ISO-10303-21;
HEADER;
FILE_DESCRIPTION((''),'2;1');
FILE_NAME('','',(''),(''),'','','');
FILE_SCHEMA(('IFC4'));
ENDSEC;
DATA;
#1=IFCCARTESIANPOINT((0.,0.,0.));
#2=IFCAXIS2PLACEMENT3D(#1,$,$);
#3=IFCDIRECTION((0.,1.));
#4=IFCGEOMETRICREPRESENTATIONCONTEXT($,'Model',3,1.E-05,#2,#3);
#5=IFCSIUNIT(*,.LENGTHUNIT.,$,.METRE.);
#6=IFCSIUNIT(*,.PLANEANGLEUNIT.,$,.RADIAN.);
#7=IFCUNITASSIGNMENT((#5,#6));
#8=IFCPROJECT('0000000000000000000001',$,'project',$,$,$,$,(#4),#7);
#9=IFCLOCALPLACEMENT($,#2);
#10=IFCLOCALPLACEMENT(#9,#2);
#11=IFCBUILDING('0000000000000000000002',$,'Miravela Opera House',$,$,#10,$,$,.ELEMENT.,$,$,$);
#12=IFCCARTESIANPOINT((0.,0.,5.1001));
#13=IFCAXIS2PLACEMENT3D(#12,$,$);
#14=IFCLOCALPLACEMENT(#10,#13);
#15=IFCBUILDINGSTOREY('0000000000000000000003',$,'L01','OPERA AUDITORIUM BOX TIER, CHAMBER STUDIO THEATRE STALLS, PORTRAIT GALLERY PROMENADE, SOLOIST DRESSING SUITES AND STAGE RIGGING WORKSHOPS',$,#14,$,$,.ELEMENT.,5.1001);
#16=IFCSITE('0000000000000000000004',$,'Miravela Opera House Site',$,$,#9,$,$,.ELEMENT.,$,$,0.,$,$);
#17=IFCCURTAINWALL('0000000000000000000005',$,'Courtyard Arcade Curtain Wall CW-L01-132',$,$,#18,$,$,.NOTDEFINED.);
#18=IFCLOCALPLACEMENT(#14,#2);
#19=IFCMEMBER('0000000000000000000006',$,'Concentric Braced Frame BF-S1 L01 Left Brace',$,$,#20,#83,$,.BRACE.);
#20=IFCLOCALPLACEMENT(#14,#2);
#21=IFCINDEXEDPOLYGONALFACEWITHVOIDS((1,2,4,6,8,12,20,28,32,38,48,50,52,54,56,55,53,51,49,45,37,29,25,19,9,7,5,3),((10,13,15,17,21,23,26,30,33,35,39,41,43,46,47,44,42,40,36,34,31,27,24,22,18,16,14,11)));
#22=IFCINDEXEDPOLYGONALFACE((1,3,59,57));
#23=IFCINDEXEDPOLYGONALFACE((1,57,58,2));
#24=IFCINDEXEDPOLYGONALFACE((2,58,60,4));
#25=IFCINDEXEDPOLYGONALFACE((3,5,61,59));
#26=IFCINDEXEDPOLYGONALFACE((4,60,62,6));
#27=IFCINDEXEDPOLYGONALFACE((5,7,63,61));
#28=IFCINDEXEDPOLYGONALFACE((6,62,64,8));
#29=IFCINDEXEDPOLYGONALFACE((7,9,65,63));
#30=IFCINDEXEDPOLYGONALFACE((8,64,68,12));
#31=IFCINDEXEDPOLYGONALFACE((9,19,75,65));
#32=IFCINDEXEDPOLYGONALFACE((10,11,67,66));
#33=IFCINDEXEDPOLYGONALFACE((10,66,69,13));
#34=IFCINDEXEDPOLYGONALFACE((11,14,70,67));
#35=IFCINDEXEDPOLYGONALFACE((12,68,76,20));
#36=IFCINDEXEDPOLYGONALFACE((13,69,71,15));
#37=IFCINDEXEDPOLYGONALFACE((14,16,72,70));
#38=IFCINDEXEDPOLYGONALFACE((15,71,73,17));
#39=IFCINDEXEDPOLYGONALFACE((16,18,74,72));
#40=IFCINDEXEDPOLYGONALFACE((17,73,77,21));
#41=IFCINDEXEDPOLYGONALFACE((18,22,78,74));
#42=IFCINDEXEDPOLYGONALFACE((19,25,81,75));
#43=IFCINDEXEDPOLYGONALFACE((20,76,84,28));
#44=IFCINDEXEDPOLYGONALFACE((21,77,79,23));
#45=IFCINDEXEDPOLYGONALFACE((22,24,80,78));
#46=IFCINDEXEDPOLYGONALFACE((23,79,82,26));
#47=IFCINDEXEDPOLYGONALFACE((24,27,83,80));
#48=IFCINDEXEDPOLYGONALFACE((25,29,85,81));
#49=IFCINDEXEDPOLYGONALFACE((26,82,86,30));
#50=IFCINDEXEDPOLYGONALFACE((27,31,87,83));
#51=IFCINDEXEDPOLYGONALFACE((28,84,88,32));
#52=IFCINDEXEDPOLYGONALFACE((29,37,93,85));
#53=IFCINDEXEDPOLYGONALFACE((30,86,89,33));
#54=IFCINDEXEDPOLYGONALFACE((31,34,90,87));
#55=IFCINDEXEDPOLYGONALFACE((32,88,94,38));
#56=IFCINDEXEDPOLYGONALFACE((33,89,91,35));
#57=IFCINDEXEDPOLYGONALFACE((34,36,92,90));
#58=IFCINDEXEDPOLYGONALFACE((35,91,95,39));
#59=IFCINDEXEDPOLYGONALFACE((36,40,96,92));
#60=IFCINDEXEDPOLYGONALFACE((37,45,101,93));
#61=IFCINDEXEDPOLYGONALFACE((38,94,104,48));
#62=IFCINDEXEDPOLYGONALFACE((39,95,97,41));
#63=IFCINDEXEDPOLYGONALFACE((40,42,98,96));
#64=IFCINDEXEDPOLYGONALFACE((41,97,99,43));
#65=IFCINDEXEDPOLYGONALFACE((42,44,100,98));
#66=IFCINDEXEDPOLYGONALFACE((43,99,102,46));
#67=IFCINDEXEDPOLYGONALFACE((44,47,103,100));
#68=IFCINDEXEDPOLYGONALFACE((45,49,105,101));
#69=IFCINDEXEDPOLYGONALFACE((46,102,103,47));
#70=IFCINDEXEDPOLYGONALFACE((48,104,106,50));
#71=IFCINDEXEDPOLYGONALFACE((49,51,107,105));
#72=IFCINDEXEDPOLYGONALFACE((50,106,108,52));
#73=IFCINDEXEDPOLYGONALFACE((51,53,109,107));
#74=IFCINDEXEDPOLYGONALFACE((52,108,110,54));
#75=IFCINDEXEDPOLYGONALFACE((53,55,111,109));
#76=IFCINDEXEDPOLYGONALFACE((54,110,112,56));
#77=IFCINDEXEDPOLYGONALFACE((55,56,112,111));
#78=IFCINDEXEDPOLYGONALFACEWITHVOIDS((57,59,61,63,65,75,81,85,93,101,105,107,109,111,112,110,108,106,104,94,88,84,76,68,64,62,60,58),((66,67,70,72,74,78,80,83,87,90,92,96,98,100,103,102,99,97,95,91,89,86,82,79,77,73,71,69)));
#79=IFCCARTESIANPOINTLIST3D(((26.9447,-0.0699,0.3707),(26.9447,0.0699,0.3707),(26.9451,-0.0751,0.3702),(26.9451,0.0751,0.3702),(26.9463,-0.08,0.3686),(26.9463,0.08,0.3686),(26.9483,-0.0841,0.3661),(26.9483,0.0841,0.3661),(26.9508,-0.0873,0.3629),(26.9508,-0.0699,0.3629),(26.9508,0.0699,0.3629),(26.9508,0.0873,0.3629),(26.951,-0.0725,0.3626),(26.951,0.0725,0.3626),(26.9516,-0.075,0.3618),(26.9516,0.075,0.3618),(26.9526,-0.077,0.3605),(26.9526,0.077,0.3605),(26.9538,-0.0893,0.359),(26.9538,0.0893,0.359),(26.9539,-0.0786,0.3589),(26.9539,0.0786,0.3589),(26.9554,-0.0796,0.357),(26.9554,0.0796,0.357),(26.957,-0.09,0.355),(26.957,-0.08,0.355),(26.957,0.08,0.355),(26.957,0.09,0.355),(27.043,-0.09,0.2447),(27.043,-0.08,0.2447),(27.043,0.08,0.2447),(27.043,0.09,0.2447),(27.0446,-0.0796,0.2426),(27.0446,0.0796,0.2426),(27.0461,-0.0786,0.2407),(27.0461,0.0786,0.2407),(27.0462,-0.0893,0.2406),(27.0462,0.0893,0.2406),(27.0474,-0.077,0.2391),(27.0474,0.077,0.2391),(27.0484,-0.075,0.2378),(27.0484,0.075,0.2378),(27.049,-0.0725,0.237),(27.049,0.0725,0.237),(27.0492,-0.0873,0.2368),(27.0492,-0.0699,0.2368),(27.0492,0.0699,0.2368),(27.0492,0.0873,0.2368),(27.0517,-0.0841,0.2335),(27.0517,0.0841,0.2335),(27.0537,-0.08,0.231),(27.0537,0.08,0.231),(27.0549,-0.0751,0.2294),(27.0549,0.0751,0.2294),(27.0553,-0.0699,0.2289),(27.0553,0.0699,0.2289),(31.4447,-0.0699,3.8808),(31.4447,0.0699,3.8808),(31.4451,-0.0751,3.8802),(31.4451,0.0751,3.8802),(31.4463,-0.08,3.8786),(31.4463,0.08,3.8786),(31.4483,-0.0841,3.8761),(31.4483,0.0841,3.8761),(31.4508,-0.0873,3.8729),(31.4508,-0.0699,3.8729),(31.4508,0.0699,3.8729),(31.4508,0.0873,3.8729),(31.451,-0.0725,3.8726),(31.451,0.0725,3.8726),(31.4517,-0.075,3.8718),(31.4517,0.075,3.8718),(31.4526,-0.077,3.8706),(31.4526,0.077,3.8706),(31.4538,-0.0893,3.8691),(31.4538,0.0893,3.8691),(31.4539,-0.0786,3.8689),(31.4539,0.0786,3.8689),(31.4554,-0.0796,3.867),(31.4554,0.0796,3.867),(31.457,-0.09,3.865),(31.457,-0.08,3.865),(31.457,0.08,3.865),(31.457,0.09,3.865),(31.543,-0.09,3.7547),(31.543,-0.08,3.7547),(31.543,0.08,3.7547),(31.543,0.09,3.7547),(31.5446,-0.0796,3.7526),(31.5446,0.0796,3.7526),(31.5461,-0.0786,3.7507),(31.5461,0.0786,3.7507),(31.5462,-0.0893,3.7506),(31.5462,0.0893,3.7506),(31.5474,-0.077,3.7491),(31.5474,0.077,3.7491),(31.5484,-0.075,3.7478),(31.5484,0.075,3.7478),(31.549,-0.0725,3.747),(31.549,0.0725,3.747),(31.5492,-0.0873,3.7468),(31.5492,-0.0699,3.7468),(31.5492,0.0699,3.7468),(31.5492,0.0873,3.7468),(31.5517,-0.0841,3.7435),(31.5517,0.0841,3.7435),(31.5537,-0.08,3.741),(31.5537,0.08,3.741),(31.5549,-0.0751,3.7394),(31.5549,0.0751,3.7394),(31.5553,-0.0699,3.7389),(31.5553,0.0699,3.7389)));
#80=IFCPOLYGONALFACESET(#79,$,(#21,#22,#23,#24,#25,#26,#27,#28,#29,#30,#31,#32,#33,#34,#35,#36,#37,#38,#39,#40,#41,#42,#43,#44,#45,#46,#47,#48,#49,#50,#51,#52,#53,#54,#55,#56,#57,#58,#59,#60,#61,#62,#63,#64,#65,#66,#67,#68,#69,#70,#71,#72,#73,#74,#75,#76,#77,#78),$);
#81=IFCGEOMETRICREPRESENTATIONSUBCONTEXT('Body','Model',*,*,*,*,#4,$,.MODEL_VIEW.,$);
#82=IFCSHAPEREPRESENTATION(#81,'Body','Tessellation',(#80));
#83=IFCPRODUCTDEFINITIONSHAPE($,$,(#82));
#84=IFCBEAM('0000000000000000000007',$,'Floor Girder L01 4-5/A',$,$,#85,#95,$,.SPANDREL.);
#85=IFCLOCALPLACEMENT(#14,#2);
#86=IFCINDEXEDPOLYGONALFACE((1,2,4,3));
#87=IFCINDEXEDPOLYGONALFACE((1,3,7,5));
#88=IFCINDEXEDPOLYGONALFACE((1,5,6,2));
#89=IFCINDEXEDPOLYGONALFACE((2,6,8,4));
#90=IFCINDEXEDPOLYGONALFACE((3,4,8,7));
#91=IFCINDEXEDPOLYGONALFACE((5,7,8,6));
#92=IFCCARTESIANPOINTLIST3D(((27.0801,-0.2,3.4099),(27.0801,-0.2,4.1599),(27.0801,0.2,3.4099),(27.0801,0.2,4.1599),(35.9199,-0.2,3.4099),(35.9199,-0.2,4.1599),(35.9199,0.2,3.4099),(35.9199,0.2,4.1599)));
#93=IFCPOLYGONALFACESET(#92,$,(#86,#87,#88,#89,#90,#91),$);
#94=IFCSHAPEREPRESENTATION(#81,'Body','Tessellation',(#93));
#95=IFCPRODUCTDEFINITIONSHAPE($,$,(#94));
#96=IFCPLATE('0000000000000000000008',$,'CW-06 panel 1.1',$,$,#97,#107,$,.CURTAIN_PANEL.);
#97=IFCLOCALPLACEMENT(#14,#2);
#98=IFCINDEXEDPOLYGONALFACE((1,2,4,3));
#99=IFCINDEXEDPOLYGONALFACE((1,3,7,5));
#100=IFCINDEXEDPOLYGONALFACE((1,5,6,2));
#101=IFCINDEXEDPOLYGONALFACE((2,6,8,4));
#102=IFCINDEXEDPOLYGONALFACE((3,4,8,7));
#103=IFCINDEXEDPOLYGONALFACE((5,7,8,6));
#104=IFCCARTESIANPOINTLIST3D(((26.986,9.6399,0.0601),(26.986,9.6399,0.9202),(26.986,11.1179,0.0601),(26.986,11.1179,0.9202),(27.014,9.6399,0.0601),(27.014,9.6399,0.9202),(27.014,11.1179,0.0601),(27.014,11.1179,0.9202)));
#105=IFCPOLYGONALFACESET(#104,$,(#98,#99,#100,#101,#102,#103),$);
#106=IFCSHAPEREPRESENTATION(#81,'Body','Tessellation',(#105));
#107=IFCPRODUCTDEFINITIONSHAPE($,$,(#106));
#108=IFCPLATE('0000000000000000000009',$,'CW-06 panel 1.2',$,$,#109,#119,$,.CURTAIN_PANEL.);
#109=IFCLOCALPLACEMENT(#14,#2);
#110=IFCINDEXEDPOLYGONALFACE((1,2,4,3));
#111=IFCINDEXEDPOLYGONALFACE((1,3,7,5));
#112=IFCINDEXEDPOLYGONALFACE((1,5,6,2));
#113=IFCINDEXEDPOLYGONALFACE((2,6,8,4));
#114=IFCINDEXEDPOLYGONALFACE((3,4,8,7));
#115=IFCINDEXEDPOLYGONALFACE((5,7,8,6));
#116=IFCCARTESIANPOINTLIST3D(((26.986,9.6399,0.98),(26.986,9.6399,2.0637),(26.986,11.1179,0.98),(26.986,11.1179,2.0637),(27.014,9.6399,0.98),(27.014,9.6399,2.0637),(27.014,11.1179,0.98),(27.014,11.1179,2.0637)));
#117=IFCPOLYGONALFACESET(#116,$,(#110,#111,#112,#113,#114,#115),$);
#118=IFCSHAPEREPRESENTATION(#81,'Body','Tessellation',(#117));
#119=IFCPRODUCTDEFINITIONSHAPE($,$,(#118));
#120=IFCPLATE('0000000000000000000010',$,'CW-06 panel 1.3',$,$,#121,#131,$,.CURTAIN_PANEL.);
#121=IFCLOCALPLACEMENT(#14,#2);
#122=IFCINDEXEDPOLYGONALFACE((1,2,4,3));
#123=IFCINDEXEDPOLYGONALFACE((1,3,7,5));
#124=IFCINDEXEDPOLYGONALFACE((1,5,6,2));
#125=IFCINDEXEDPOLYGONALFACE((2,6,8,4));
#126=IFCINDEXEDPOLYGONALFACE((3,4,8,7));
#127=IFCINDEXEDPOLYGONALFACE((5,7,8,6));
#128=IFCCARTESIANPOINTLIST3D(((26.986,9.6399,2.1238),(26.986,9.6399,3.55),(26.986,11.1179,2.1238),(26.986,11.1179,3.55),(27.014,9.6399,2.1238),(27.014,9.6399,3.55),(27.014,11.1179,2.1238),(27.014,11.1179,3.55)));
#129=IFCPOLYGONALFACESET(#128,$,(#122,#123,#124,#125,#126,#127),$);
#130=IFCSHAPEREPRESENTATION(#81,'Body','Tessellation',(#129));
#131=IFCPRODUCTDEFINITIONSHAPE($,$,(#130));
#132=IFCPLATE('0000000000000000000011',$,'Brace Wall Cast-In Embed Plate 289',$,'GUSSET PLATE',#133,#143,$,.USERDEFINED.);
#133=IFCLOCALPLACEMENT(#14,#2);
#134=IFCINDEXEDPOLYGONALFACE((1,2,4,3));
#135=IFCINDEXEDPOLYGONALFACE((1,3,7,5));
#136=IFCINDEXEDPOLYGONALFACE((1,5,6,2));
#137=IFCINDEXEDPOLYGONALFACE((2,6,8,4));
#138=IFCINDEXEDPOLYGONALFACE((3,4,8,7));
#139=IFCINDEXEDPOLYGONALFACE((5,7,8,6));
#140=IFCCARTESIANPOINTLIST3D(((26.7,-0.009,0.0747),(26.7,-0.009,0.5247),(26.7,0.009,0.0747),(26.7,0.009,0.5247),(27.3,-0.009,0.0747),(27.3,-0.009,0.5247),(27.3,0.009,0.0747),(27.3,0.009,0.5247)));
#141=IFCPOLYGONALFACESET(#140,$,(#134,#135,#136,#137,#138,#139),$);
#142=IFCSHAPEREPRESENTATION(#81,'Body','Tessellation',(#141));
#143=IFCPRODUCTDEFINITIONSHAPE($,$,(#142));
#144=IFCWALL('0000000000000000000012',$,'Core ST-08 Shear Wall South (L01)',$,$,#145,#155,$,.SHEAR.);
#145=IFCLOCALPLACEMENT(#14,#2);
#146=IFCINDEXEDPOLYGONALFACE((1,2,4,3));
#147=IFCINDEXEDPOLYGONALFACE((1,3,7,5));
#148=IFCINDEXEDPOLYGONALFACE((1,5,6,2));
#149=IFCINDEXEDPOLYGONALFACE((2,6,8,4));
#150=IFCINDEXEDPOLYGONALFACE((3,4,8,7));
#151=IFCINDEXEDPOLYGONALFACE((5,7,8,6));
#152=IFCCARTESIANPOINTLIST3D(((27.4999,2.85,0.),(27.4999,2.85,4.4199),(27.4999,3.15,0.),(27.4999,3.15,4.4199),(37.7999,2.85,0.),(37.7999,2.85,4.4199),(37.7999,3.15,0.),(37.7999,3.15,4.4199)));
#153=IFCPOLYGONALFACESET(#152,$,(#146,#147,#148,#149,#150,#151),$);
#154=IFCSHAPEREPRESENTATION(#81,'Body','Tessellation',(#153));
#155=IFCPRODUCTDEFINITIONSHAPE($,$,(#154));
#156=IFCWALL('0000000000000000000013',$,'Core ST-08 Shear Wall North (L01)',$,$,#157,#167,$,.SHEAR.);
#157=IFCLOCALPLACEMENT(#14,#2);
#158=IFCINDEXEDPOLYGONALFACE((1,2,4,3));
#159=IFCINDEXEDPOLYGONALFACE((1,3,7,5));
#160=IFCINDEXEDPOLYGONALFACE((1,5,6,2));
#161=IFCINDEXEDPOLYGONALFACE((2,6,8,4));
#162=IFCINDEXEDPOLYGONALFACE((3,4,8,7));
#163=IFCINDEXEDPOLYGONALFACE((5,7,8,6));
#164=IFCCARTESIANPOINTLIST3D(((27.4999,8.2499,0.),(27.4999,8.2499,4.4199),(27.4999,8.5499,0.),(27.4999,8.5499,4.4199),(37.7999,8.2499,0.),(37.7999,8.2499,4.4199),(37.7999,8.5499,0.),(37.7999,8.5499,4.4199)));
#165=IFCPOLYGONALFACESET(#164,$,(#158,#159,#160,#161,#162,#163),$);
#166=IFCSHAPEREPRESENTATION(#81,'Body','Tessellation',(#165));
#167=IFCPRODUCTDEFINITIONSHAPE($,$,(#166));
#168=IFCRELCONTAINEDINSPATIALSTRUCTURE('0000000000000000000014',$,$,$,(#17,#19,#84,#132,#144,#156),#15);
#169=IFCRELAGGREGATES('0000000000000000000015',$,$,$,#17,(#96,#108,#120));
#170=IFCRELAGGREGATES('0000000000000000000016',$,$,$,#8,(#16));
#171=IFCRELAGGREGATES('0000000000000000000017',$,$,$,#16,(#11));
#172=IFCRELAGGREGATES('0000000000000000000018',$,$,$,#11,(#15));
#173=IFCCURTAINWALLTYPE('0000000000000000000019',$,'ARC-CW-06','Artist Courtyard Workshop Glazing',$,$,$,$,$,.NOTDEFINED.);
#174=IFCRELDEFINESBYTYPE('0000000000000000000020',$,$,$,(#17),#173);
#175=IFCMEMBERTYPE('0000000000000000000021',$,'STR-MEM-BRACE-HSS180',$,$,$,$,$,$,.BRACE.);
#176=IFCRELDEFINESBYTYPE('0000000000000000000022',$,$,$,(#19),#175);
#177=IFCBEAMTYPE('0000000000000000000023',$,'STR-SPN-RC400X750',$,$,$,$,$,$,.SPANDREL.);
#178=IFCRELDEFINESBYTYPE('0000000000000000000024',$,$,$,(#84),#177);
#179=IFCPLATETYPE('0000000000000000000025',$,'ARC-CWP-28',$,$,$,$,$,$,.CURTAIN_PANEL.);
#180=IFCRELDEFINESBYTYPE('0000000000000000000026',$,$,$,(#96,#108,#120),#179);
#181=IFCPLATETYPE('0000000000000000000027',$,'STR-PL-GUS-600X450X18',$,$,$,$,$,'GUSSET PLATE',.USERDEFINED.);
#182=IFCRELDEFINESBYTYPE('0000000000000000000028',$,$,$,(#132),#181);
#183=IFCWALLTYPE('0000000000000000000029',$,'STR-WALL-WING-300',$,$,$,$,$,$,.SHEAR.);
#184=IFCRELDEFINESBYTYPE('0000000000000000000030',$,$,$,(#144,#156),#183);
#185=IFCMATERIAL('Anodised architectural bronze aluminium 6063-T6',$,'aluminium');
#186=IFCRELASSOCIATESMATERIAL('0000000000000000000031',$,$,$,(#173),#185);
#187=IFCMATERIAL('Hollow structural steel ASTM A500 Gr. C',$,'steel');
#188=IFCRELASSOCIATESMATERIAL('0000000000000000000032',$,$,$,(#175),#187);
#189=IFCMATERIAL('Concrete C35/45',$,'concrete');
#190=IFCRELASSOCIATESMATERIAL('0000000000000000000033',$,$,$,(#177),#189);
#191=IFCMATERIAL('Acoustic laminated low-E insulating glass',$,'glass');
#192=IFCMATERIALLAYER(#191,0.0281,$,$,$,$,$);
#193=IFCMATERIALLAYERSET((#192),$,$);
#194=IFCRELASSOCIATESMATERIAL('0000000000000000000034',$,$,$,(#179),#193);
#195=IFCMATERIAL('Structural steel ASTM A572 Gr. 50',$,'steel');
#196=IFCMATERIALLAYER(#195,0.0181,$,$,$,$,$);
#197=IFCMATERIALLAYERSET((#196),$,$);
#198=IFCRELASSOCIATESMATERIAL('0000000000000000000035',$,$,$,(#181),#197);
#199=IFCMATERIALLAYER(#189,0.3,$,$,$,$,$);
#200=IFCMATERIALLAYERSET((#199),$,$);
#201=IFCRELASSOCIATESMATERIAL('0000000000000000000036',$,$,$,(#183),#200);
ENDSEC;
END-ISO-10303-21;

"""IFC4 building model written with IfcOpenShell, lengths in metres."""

from ifc_helpers import new_model, si_unit, direction, frame, frame_2d, origin, origin_2d, place, context, subcontext, project, spatial, rectangle, hollow_rectangle, extrude, material, layer, layer_set, material_profile, profile_set, type_object, element, aggregate, save


model = new_model("IFC4")

# Units and contexts
model_context = context("Model", 3, precision=1e-05, world=origin(), true_north=direction((0.0, 1.0)))
body_context = subcontext(model_context, "Body", "Model", "MODEL_VIEW")
ifc_project = project(units=[si_unit("LENGTHUNIT", "METRE"), si_unit("PLANEANGLEUNIT", "RADIAN")], contexts=[model_context])

# Site, building, storey
site_placement = place(None, origin())
site = spatial("IfcSite", under=ifc_project, at=site_placement, Name="Miravela Opera House Site", CompositionType="ELEMENT", RefElevation=0.0)
building_placement = place(site_placement, origin())
building = spatial("IfcBuilding", under=site, at=building_placement, Name="Miravela Opera House", CompositionType="ELEMENT")
storey_placement = place(building_placement, frame((0.0, 0.0, 5.1001)))
storey = spatial("IfcBuildingStorey", under=building, at=storey_placement, Name="L01", Description="OPERA AUDITORIUM BOX TIER, CHAMBER STUDIO THEATRE STALLS, PORTRAIT GALLERY PROMENADE, SOLOIST DRESSING SUITES AND STAGE RIGGING WORKSHOPS", CompositionType="ELEMENT", Elevation=5.1001)

# Shared definitions
ifc_material_1 = material(Name="Concrete C35/45", Category="concrete")

# Curtain wall
ifc_material_2 = material(Name="Anodised architectural bronze aluminium 6063-T6", Category="aluminium")
curtain_wall_type = type_object("IfcCurtainWallType", Name="ARC-CW-06", Description="Artist Courtyard Workshop Glazing", PredefinedType="NOTDEFINED", material=ifc_material_2)
curtain_wall_1_placement = place(storey_placement, origin())
curtain_wall_1 = element("IfcCurtainWall", 1, at=curtain_wall_1_placement, inside=storey, type_object=curtain_wall_type, Name="Courtyard Arcade Curtain Wall CW-L01-132", PredefinedType="NOTDEFINED")

# Member
ifc_material_3 = material(Name="Hollow structural steel ASTM A500 Gr. C", Category="steel")
ifc_material_profile_1 = material_profile(ifc_material_3, hollow_rectangle(XDim=0.1799, YDim=0.1799, WallThickness=0.01, InnerFilletRadius=0.01, OuterFilletRadius=0.02, at=origin_2d()), Name="HSS180X180X10")
ifc_profile_set_1 = profile_set([ifc_material_profile_1])
member_type_1 = type_object("IfcMemberType", Name="STR-MEM-BRACE-HSS180", PredefinedType="BRACE", material=ifc_profile_set_1)
member_1_placement = place(storey_placement, frame((27.0, 0.0, 0.2998), z_axis=(0.788501, 0.0, 0.615033), x_axis=(0.0, 1.0, 0.0)))
element("IfcMember", 2, at=member_1_placement, inside=storey, type_object=member_type_1, Name="Concentric Braced Frame BF-S1 L01 Left Brace", PredefinedType="BRACE", context=body_context, shape_type="SweptSolid", body=[
    extrude(hollow_rectangle(XDim=0.1799, YDim=0.1799, WallThickness=0.01, InnerFilletRadius=0.01, OuterFilletRadius=0.02, at=origin_2d()), origin(), (0.0, 0.0, 1.0), 5.707),
])

# Beam
ifc_material_profile_2 = material_profile(ifc_material_1, rectangle(XDim=0.3999, YDim=0.75, at=origin_2d()), Name="RC-SPN-400X750")
ifc_profile_set_2 = profile_set([ifc_material_profile_2])
beam_type_1 = type_object("IfcBeamType", Name="STR-SPN-RC400X750", PredefinedType="SPANDREL", material=ifc_profile_set_2)
beam_1_placement = place(storey_placement, frame((27.0801, 0.0, 3.7849), z_axis=(1.0, 0.0, 0.0), x_axis=(0.0, 1.0, 0.0)))
element("IfcBeam", 3, at=beam_1_placement, inside=storey, type_object=beam_type_1, Name="Floor Girder L01 4-5/A", PredefinedType="SPANDREL", context=body_context, shape_type="SweptSolid", body=[
    extrude(rectangle(XDim=0.3999, YDim=0.75, at=origin_2d()), origin(), (0.0, 0.0, 1.0), 8.8398),
])

# Plates
ifc_material_4 = material(Name="Acoustic laminated low-E insulating glass", Category="glass")
ifc_layer_1 = layer(ifc_material_4, 0.0281)
ifc_layer_set_1 = layer_set([ifc_layer_1])
plate_type_1 = type_object("IfcPlateType", Name="ARC-CWP-28", PredefinedType="CURTAIN_PANEL", material=ifc_layer_set_1)
plate_1_placement = place(storey_placement, frame((27.0, 10.3789, 0.0601), z_axis=(0.0, 0.0, 1.0), x_axis=(0.0, 1.0, 0.0)))
plate_1 = element("IfcPlate", 4, at=plate_1_placement, type_object=plate_type_1, Name="CW-06 panel 1.1", PredefinedType="CURTAIN_PANEL", context=body_context, shape_type="SweptSolid", body=[
    extrude(rectangle(XDim=1.478, YDim=0.0281, at=origin_2d()), origin(), (0.0, 0.0, 1.0), 0.8601),
])
plate_2_placement = place(storey_placement, frame((27.0, 10.3789, 0.98), z_axis=(0.0, 0.0, 1.0), x_axis=(0.0, 1.0, 0.0)))
plate_2 = element("IfcPlate", 5, at=plate_2_placement, type_object=plate_type_1, Name="CW-06 panel 1.2", PredefinedType="CURTAIN_PANEL", context=body_context, shape_type="SweptSolid", body=[
    extrude(rectangle(XDim=1.478, YDim=0.0281, at=origin_2d()), origin(), (0.0, 0.0, 1.0), 1.0837),
])
plate_3_placement = place(storey_placement, frame((27.0, 10.3789, 2.1238), z_axis=(0.0, 0.0, 1.0), x_axis=(0.0, 1.0, 0.0)))
plate_3 = element("IfcPlate", 6, at=plate_3_placement, type_object=plate_type_1, Name="CW-06 panel 1.3", PredefinedType="CURTAIN_PANEL", context=body_context, shape_type="SweptSolid", body=[
    extrude(rectangle(XDim=1.478, YDim=0.0281, at=origin_2d()), origin(), (0.0, 0.0, 1.0), 1.4263),
])
aggregate(curtain_wall_1, [plate_1, plate_2, plate_3])
ifc_material_5 = material(Name="Structural steel ASTM A572 Gr. 50", Category="steel")
ifc_layer_2 = layer(ifc_material_5, 0.0181)
ifc_layer_set_2 = layer_set([ifc_layer_2])
plate_type_2 = type_object("IfcPlateType", Name="STR-PL-GUS-600X450X18", ElementType="GUSSET PLATE", PredefinedType="USERDEFINED", material=ifc_layer_set_2)
plate_4_placement = place(storey_placement, frame((27.0, 0.0, 0.0747), z_axis=(0.0, 0.0, 1.0), x_axis=(1.0, 0.0, 0.0)))
element("IfcPlate", 7, at=plate_4_placement, inside=storey, type_object=plate_type_2, Name="Brace Wall Cast-In Embed Plate 289", ObjectType="GUSSET PLATE", PredefinedType="USERDEFINED", context=body_context, shape_type="SweptSolid", body=[
    extrude(rectangle(XDim=0.6001, YDim=0.0181, at=origin_2d()), origin(), (0.0, 0.0, 1.0), 0.45),
])

# Walls
ifc_layer_3 = layer(ifc_material_1, 0.3)
ifc_layer_set_3 = layer_set([ifc_layer_3])
wall_type = type_object("IfcWallType", Name="STR-WALL-WING-300", PredefinedType="SHEAR", material=ifc_layer_set_3)
for number, where, z_axis, x_axis, name in (
    (8, (27.5, 3.0, 0.0), (0.0, 0.0, 1.0), (1.0, 0.0, 0.0), "Core ST-08 Shear Wall South (L01)"),
    (9, (27.5, 8.3999, 0.0), (0.0, 0.0, 1.0), (1.0, 0.0, 0.0), "Core ST-08 Shear Wall North (L01)"),
):
    element("IfcWall", number, at=place(storey_placement, frame(where, z_axis=z_axis, x_axis=x_axis)), inside=storey, type_object=wall_type, Name=name, PredefinedType="SHEAR", context=body_context, shape_type="SweptSolid", body=[
        extrude(rectangle(XDim=10.3, YDim=0.3, at=frame_2d((5.1499, 0.0))), origin(), (0.0, 0.0, 1.0), 4.4199),
    ])

save(model, "model.ifc")
